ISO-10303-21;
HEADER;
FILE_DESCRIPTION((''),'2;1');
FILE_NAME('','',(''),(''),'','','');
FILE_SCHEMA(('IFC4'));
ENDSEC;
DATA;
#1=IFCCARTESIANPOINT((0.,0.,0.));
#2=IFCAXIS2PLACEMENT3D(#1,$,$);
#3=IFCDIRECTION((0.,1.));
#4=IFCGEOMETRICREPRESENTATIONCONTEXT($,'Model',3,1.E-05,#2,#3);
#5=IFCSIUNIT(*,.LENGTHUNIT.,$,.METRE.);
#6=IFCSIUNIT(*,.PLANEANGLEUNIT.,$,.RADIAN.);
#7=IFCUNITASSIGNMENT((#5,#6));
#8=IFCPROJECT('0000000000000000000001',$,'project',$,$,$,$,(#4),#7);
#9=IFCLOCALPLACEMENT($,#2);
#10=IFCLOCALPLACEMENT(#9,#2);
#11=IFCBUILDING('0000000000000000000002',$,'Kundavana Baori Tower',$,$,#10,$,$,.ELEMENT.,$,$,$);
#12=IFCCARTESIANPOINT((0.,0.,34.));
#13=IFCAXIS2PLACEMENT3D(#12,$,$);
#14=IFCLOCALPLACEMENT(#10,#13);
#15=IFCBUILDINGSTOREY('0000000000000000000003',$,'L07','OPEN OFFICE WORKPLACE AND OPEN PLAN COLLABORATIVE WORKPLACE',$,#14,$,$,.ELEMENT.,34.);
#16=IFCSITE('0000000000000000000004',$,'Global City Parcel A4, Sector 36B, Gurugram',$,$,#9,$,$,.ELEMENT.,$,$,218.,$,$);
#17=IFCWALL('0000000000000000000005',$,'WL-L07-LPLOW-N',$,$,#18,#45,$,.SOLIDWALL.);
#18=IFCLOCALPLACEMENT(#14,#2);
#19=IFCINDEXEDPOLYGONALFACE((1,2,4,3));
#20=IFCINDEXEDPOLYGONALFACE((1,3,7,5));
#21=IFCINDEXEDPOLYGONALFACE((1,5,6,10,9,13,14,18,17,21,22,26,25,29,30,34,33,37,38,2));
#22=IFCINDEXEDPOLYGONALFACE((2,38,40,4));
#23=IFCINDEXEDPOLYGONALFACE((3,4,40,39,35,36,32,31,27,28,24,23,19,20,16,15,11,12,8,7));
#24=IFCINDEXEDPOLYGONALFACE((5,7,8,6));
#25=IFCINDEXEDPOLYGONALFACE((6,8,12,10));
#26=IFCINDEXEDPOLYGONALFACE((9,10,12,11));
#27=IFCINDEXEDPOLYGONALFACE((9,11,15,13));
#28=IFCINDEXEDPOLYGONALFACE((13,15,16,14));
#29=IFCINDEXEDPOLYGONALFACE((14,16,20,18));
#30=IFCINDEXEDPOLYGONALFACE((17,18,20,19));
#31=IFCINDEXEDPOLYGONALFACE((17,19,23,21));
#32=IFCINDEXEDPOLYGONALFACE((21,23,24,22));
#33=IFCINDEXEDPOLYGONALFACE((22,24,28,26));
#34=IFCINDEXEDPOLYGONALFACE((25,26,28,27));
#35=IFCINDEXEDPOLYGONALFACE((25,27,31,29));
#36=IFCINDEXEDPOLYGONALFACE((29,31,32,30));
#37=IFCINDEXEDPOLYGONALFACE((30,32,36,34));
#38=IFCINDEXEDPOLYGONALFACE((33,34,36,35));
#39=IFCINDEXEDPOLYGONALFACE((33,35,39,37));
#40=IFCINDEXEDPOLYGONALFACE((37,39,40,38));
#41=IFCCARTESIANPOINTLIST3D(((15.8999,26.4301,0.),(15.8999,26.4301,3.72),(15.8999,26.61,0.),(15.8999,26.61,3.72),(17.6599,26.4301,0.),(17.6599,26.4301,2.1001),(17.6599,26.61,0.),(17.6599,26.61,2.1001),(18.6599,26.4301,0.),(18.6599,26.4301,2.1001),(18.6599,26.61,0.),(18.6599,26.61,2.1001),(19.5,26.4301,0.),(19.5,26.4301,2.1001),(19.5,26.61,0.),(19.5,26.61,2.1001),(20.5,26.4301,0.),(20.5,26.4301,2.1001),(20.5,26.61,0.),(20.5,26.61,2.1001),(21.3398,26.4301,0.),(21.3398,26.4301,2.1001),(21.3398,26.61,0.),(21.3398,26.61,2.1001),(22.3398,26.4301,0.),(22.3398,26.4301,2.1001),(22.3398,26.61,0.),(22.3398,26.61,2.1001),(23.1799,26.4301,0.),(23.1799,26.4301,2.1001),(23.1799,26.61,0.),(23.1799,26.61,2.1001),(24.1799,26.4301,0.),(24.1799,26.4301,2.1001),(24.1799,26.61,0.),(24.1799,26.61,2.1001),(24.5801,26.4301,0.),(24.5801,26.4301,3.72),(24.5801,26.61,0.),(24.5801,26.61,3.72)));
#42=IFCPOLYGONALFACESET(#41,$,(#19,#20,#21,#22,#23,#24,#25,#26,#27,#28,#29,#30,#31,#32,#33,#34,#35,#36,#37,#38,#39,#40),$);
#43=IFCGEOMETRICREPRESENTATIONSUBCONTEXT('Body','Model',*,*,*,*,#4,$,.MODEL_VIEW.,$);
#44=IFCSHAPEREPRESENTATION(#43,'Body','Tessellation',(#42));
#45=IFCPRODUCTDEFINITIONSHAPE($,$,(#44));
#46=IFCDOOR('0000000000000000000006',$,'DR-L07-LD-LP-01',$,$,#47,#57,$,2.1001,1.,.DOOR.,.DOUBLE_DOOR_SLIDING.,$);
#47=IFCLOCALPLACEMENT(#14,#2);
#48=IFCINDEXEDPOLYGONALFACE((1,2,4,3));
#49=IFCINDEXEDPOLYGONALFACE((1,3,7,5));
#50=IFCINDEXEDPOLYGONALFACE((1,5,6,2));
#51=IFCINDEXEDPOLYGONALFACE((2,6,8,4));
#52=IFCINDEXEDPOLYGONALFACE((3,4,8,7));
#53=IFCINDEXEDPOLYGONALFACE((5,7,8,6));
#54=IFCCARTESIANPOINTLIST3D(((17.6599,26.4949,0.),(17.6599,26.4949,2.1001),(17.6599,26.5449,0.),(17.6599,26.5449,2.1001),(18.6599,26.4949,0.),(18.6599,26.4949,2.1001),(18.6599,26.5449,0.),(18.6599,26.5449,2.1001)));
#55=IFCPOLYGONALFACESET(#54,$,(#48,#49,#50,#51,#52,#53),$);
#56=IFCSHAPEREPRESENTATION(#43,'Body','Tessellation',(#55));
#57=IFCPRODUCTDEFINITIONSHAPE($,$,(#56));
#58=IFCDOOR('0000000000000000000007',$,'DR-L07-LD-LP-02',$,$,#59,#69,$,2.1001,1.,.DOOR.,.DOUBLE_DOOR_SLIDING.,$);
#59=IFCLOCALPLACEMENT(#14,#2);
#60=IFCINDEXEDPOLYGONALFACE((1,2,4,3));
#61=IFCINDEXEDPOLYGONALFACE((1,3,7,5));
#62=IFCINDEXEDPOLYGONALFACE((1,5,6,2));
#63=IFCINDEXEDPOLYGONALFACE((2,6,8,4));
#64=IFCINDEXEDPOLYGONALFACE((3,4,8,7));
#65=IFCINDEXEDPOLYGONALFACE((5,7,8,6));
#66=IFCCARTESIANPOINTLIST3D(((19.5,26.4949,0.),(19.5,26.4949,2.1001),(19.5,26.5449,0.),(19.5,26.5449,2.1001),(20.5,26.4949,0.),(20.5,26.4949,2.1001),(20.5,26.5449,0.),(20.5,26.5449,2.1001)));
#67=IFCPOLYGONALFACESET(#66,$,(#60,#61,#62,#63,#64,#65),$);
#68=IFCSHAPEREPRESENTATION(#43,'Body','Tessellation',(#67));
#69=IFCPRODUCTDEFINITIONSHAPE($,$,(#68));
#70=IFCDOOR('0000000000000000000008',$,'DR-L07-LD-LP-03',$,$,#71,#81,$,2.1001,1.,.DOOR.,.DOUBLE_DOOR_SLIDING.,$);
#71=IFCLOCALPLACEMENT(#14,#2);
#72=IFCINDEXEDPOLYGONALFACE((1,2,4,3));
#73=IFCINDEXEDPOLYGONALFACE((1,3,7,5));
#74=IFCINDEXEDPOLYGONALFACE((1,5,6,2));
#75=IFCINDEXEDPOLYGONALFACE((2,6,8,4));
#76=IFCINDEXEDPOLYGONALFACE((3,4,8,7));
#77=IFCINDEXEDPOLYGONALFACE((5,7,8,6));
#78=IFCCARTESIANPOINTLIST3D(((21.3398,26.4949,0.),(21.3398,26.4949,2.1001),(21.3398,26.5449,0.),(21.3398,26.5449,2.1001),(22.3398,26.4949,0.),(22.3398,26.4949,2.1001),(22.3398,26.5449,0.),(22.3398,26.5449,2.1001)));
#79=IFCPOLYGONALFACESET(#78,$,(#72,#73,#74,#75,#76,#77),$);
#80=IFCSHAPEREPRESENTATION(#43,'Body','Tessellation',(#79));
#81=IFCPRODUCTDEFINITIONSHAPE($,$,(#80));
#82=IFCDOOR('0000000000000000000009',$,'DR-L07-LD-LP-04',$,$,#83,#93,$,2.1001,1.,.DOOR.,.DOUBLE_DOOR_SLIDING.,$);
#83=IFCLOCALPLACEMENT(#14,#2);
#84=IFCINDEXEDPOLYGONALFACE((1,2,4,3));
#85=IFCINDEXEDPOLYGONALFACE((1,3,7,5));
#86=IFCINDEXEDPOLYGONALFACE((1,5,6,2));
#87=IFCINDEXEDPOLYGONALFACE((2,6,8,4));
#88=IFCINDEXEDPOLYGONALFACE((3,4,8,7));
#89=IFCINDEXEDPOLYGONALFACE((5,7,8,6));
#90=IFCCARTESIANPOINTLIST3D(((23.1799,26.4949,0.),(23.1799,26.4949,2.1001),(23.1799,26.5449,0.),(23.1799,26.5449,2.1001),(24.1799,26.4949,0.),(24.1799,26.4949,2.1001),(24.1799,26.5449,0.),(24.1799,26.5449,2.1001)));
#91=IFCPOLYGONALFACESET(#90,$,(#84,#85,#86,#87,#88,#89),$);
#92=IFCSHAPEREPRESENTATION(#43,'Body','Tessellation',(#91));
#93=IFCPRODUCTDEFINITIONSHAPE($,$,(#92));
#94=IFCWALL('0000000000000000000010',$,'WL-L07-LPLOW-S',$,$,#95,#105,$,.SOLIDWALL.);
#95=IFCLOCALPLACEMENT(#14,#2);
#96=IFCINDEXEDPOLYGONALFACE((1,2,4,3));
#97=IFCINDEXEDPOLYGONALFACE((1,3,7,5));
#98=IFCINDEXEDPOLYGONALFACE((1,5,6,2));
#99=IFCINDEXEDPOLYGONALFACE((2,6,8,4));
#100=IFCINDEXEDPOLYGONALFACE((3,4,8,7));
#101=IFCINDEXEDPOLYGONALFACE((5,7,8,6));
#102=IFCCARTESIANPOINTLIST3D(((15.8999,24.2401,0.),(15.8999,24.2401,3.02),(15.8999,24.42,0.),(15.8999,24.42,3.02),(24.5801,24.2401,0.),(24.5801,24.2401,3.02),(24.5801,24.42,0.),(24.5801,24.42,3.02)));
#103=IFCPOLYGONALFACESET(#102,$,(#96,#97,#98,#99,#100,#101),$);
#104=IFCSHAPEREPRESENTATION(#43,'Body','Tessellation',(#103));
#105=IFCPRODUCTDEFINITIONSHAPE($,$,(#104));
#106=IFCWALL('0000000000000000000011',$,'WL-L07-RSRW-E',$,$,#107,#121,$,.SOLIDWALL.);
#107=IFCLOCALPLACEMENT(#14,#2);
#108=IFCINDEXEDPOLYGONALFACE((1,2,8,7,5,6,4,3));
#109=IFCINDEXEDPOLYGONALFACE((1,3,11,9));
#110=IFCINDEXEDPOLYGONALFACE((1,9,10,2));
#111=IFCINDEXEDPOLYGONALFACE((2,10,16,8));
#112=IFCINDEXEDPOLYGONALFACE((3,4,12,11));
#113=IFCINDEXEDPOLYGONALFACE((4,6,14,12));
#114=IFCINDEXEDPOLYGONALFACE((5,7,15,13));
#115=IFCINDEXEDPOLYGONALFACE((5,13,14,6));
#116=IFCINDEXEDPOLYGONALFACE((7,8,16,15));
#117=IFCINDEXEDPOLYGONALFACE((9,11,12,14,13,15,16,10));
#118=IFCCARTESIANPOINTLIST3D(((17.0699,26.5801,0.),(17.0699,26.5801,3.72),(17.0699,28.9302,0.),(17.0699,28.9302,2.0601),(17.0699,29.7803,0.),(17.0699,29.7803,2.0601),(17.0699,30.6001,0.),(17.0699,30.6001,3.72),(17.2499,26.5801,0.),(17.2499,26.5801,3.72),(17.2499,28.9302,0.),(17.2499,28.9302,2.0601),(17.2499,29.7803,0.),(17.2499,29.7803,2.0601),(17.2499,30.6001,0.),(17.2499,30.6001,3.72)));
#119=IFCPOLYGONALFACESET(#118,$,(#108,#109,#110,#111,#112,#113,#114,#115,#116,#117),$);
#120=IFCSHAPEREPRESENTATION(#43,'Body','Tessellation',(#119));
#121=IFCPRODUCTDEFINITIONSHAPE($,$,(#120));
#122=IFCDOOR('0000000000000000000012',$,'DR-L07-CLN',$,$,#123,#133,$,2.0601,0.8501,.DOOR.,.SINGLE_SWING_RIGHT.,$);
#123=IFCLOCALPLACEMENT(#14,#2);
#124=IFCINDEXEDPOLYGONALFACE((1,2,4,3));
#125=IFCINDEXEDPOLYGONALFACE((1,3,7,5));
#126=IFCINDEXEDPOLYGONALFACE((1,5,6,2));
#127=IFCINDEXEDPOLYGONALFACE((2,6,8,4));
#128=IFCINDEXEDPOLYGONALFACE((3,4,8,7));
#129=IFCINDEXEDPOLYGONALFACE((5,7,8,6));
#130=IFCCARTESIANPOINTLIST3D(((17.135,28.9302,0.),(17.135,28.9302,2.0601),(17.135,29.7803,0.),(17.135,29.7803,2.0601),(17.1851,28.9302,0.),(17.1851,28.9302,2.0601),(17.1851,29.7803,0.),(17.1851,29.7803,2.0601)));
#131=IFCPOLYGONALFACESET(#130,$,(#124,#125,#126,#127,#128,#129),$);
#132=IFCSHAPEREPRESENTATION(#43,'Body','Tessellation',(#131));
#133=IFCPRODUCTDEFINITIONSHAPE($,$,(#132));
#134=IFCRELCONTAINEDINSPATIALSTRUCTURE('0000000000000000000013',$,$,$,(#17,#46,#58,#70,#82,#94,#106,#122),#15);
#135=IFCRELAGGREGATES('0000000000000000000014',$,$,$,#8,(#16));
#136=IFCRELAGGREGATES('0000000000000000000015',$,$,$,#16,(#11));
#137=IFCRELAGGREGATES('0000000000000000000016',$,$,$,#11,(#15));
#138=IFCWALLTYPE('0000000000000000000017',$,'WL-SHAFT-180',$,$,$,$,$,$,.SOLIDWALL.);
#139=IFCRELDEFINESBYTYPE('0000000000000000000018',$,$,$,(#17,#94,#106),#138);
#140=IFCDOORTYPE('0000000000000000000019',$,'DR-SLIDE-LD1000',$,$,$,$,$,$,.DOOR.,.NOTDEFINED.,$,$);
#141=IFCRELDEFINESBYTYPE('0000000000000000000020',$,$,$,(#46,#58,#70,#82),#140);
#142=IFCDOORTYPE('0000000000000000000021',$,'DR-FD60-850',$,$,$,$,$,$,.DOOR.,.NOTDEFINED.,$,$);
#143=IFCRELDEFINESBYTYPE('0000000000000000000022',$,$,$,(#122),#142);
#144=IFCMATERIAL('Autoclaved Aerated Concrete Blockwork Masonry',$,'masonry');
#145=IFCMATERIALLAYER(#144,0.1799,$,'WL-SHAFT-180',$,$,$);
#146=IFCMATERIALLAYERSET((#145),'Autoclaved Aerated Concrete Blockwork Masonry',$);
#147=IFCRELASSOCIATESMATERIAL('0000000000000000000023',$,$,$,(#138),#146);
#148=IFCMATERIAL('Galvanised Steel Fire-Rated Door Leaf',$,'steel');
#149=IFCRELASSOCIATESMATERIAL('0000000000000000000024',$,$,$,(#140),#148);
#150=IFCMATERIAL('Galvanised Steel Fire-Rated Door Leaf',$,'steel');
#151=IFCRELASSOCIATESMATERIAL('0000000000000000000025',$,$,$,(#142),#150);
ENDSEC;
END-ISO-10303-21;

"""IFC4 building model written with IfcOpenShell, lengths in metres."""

from ifc_helpers import new_model, si_unit, direction, frame, frame_2d, origin, place, context, subcontext, project, spatial, rectangle, extrude, material, layer, layer_set, type_object, element, fill, save


model = new_model("IFC4")

# Units and contexts
model_context = context("Model", 3, precision=1e-05, world=origin(), true_north=direction((0.0, 1.0)))
body_context = subcontext(model_context, "Body", "Model", "MODEL_VIEW")
ifc_project = project(units=[si_unit("LENGTHUNIT", "METRE"), si_unit("PLANEANGLEUNIT", "RADIAN")], contexts=[model_context])

# Site, building, storey
site_placement = place(None, origin())
site = spatial("IfcSite", under=ifc_project, at=site_placement, Name="Global City Parcel A4, Sector 36B, Gurugram", CompositionType="ELEMENT", RefElevation=218.0)
building_placement = place(site_placement, origin())
building = spatial("IfcBuilding", under=site, at=building_placement, Name="Kundavana Baori Tower", CompositionType="ELEMENT")
storey_placement = place(building_placement, frame((0.0, 0.0, 34.0)))
storey = spatial("IfcBuildingStorey", under=building, at=storey_placement, Name="L07", Description="OPEN OFFICE WORKPLACE AND OPEN PLAN COLLABORATIVE WORKPLACE", CompositionType="ELEMENT", Elevation=34.0)

# Wall, openings, doors
ifc_material_1 = material(Name="Autoclaved Aerated Concrete Blockwork Masonry", Category="masonry")
ifc_layer_1 = layer(ifc_material_1, 0.1799, Name="WL-SHAFT-180")
ifc_layer_set_1 = layer_set([ifc_layer_1], Name="Autoclaved Aerated Concrete Blockwork Masonry")
wall_type_1 = type_object("IfcWallType", Name="WL-SHAFT-180", PredefinedType="SOLIDWALL", material=ifc_layer_set_1)
wall_1_placement = place(storey_placement, frame((15.8999, 26.52, 0.0), z_axis=(0.0, 0.0, 1.0), x_axis=(1.0, 0.0, 0.0)))
wall_1 = element("IfcWall", 1, at=wall_1_placement, inside=storey, type_object=wall_type_1, Name="WL-L07-LPLOW-N", PredefinedType="SOLIDWALL", context=body_context, shape_type="SweptSolid", body=[
    extrude(rectangle(XDim=8.6802, YDim=0.1799, at=frame_2d((4.3401, 0.0))), origin(), (0.0, 0.0, 1.0), 3.72),
])
opening_1_placement = place(wall_1_placement, frame((1.76, 0.0, 0.0)))
opening_1 = element("IfcOpeningElement", 2, at=opening_1_placement, cuts=wall_1, PredefinedType="OPENING", context=body_context, shape_type="SweptSolid", body=[
    extrude(rectangle(XDim=1.0, YDim=2.1001, at=frame_2d((0.5, 1.05))), frame((0.0, 0.1001, 0.0), z_axis=(0.0, -1.0, 0.0), x_axis=(1.0, 0.0, 0.0)), (0.0, 0.0, 1.0), 0.2),
])
opening_2_placement = place(wall_1_placement, frame((3.6001, 0.0, 0.0)))
opening_2 = element("IfcOpeningElement", 3, at=opening_2_placement, cuts=wall_1, PredefinedType="OPENING", context=body_context, shape_type="SweptSolid", body=[
    extrude(rectangle(XDim=1.0, YDim=2.1001, at=frame_2d((0.5, 1.05))), frame((0.0, 0.1001, 0.0), z_axis=(0.0, -1.0, 0.0), x_axis=(1.0, 0.0, 0.0)), (0.0, 0.0, 1.0), 0.2),
])
opening_3_placement = place(wall_1_placement, frame((5.4399, 0.0, 0.0)))
opening_3 = element("IfcOpeningElement", 4, at=opening_3_placement, cuts=wall_1, PredefinedType="OPENING", context=body_context, shape_type="SweptSolid", body=[
    extrude(rectangle(XDim=1.0, YDim=2.1001, at=frame_2d((0.5, 1.05))), frame((0.0, 0.1001, 0.0), z_axis=(0.0, -1.0, 0.0), x_axis=(1.0, 0.0, 0.0)), (0.0, 0.0, 1.0), 0.2),
])
opening_4_placement = place(wall_1_placement, frame((7.28, 0.0, 0.0)))
opening_4 = element("IfcOpeningElement", 5, at=opening_4_placement, cuts=wall_1, PredefinedType="OPENING", context=body_context, shape_type="SweptSolid", body=[
    extrude(rectangle(XDim=1.0, YDim=2.1001, at=frame_2d((0.5, 1.05))), frame((0.0, 0.1001, 0.0), z_axis=(0.0, -1.0, 0.0), x_axis=(1.0, 0.0, 0.0)), (0.0, 0.0, 1.0), 0.2),
])
ifc_material_2 = material(Name="Galvanised Steel Fire-Rated Door Leaf", Category="steel")
door_type_1 = type_object("IfcDoorType", Name="DR-SLIDE-LD1000", OperationType="NOTDEFINED", PredefinedType="DOOR", material=ifc_material_2)
door_1_placement = place(opening_1_placement, origin())
door_1 = element("IfcDoor", 6, at=door_1_placement, inside=storey, type_object=door_type_1, Name="DR-L07-LD-LP-01", OperationType="DOUBLE_DOOR_SLIDING", OverallHeight=2.1001, OverallWidth=1.0, PredefinedType="DOOR", context=body_context, shape_type="SweptSolid", body=[
    extrude(rectangle(XDim=1.0, YDim=2.1001, at=frame_2d((0.5, 1.05))), frame((0.0, 0.0249, 0.0), z_axis=(0.0, -1.0, 0.0), x_axis=(1.0, 0.0, 0.0)), (0.0, 0.0, 1.0), 0.05),
])
fill(opening_1, door_1)
door_2_placement = place(opening_2_placement, origin())
door_2 = element("IfcDoor", 7, at=door_2_placement, inside=storey, type_object=door_type_1, Name="DR-L07-LD-LP-02", OperationType="DOUBLE_DOOR_SLIDING", OverallHeight=2.1001, OverallWidth=1.0, PredefinedType="DOOR", context=body_context, shape_type="SweptSolid", body=[
    extrude(rectangle(XDim=1.0, YDim=2.1001, at=frame_2d((0.5, 1.05))), frame((0.0, 0.0249, 0.0), z_axis=(0.0, -1.0, 0.0), x_axis=(1.0, 0.0, 0.0)), (0.0, 0.0, 1.0), 0.05),
])
fill(opening_2, door_2)
door_3_placement = place(opening_3_placement, origin())
door_3 = element("IfcDoor", 8, at=door_3_placement, inside=storey, type_object=door_type_1, Name="DR-L07-LD-LP-03", OperationType="DOUBLE_DOOR_SLIDING", OverallHeight=2.1001, OverallWidth=1.0, PredefinedType="DOOR", context=body_context, shape_type="SweptSolid", body=[
    extrude(rectangle(XDim=1.0, YDim=2.1001, at=frame_2d((0.5, 1.05))), frame((0.0, 0.0249, 0.0), z_axis=(0.0, -1.0, 0.0), x_axis=(1.0, 0.0, 0.0)), (0.0, 0.0, 1.0), 0.05),
])
fill(opening_3, door_3)
door_4_placement = place(opening_4_placement, origin())
door_4 = element("IfcDoor", 9, at=door_4_placement, inside=storey, type_object=door_type_1, Name="DR-L07-LD-LP-04", OperationType="DOUBLE_DOOR_SLIDING", OverallHeight=2.1001, OverallWidth=1.0, PredefinedType="DOOR", context=body_context, shape_type="SweptSolid", body=[
    extrude(rectangle(XDim=1.0, YDim=2.1001, at=frame_2d((0.5, 1.05))), frame((0.0, 0.0249, 0.0), z_axis=(0.0, -1.0, 0.0), x_axis=(1.0, 0.0, 0.0)), (0.0, 0.0, 1.0), 0.05),
])
fill(opening_4, door_4)

# Wall
wall_2_placement = place(storey_placement, frame((15.8999, 24.3301, 0.0), z_axis=(0.0, 0.0, 1.0), x_axis=(1.0, 0.0, 0.0)))
element("IfcWall", 10, at=wall_2_placement, inside=storey, type_object=wall_type_1, Name="WL-L07-LPLOW-S", PredefinedType="SOLIDWALL", context=body_context, shape_type="SweptSolid", body=[
    extrude(rectangle(XDim=8.6802, YDim=0.1799, at=frame_2d((4.3401, 0.0))), origin(), (0.0, 0.0, 1.0), 3.02),
])

# Wall, opening, door
wall_3_placement = place(storey_placement, frame((17.1599, 26.5801, 0.0), z_axis=(0.0, 0.0, 1.0), x_axis=(0.0, 1.0, 0.0)))
wall_3 = element("IfcWall", 11, at=wall_3_placement, inside=storey, type_object=wall_type_1, Name="WL-L07-RSRW-E", PredefinedType="SOLIDWALL", context=body_context, shape_type="SweptSolid", body=[
    extrude(rectangle(XDim=4.02, YDim=0.1799, at=frame_2d((2.01, 0.0))), origin(), (0.0, 0.0, 1.0), 3.72),
])
opening_5_placement = place(wall_3_placement, frame((2.3501, 0.0, 0.0)))
opening_5 = element("IfcOpeningElement", 12, at=opening_5_placement, cuts=wall_3, PredefinedType="OPENING", context=body_context, shape_type="SweptSolid", body=[
    extrude(rectangle(XDim=0.8501, YDim=2.0601, at=frame_2d((0.425, 1.03))), frame((0.0, 0.1001, 0.0), z_axis=(0.0, -1.0, 0.0), x_axis=(1.0, 0.0, 0.0)), (0.0, 0.0, 1.0), 0.2),
])
ifc_material_3 = material(Name="Galvanised Steel Fire-Rated Door Leaf", Category="steel")
door_type_2 = type_object("IfcDoorType", Name="DR-FD60-850", OperationType="NOTDEFINED", PredefinedType="DOOR", material=ifc_material_3)
door_5_placement = place(opening_5_placement, origin())
door_5 = element("IfcDoor", 13, at=door_5_placement, inside=storey, type_object=door_type_2, Name="DR-L07-CLN", OperationType="SINGLE_SWING_RIGHT", OverallHeight=2.0601, OverallWidth=0.8501, PredefinedType="DOOR", context=body_context, shape_type="SweptSolid", body=[
    extrude(rectangle(XDim=0.8501, YDim=2.0601, at=frame_2d((0.425, 1.03))), frame((0.0, 0.0249, 0.0), z_axis=(0.0, -1.0, 0.0), x_axis=(1.0, 0.0, 0.0)), (0.0, 0.0, 1.0), 0.05),
])
fill(opening_5, door_5)

save(model, "model.ifc")
